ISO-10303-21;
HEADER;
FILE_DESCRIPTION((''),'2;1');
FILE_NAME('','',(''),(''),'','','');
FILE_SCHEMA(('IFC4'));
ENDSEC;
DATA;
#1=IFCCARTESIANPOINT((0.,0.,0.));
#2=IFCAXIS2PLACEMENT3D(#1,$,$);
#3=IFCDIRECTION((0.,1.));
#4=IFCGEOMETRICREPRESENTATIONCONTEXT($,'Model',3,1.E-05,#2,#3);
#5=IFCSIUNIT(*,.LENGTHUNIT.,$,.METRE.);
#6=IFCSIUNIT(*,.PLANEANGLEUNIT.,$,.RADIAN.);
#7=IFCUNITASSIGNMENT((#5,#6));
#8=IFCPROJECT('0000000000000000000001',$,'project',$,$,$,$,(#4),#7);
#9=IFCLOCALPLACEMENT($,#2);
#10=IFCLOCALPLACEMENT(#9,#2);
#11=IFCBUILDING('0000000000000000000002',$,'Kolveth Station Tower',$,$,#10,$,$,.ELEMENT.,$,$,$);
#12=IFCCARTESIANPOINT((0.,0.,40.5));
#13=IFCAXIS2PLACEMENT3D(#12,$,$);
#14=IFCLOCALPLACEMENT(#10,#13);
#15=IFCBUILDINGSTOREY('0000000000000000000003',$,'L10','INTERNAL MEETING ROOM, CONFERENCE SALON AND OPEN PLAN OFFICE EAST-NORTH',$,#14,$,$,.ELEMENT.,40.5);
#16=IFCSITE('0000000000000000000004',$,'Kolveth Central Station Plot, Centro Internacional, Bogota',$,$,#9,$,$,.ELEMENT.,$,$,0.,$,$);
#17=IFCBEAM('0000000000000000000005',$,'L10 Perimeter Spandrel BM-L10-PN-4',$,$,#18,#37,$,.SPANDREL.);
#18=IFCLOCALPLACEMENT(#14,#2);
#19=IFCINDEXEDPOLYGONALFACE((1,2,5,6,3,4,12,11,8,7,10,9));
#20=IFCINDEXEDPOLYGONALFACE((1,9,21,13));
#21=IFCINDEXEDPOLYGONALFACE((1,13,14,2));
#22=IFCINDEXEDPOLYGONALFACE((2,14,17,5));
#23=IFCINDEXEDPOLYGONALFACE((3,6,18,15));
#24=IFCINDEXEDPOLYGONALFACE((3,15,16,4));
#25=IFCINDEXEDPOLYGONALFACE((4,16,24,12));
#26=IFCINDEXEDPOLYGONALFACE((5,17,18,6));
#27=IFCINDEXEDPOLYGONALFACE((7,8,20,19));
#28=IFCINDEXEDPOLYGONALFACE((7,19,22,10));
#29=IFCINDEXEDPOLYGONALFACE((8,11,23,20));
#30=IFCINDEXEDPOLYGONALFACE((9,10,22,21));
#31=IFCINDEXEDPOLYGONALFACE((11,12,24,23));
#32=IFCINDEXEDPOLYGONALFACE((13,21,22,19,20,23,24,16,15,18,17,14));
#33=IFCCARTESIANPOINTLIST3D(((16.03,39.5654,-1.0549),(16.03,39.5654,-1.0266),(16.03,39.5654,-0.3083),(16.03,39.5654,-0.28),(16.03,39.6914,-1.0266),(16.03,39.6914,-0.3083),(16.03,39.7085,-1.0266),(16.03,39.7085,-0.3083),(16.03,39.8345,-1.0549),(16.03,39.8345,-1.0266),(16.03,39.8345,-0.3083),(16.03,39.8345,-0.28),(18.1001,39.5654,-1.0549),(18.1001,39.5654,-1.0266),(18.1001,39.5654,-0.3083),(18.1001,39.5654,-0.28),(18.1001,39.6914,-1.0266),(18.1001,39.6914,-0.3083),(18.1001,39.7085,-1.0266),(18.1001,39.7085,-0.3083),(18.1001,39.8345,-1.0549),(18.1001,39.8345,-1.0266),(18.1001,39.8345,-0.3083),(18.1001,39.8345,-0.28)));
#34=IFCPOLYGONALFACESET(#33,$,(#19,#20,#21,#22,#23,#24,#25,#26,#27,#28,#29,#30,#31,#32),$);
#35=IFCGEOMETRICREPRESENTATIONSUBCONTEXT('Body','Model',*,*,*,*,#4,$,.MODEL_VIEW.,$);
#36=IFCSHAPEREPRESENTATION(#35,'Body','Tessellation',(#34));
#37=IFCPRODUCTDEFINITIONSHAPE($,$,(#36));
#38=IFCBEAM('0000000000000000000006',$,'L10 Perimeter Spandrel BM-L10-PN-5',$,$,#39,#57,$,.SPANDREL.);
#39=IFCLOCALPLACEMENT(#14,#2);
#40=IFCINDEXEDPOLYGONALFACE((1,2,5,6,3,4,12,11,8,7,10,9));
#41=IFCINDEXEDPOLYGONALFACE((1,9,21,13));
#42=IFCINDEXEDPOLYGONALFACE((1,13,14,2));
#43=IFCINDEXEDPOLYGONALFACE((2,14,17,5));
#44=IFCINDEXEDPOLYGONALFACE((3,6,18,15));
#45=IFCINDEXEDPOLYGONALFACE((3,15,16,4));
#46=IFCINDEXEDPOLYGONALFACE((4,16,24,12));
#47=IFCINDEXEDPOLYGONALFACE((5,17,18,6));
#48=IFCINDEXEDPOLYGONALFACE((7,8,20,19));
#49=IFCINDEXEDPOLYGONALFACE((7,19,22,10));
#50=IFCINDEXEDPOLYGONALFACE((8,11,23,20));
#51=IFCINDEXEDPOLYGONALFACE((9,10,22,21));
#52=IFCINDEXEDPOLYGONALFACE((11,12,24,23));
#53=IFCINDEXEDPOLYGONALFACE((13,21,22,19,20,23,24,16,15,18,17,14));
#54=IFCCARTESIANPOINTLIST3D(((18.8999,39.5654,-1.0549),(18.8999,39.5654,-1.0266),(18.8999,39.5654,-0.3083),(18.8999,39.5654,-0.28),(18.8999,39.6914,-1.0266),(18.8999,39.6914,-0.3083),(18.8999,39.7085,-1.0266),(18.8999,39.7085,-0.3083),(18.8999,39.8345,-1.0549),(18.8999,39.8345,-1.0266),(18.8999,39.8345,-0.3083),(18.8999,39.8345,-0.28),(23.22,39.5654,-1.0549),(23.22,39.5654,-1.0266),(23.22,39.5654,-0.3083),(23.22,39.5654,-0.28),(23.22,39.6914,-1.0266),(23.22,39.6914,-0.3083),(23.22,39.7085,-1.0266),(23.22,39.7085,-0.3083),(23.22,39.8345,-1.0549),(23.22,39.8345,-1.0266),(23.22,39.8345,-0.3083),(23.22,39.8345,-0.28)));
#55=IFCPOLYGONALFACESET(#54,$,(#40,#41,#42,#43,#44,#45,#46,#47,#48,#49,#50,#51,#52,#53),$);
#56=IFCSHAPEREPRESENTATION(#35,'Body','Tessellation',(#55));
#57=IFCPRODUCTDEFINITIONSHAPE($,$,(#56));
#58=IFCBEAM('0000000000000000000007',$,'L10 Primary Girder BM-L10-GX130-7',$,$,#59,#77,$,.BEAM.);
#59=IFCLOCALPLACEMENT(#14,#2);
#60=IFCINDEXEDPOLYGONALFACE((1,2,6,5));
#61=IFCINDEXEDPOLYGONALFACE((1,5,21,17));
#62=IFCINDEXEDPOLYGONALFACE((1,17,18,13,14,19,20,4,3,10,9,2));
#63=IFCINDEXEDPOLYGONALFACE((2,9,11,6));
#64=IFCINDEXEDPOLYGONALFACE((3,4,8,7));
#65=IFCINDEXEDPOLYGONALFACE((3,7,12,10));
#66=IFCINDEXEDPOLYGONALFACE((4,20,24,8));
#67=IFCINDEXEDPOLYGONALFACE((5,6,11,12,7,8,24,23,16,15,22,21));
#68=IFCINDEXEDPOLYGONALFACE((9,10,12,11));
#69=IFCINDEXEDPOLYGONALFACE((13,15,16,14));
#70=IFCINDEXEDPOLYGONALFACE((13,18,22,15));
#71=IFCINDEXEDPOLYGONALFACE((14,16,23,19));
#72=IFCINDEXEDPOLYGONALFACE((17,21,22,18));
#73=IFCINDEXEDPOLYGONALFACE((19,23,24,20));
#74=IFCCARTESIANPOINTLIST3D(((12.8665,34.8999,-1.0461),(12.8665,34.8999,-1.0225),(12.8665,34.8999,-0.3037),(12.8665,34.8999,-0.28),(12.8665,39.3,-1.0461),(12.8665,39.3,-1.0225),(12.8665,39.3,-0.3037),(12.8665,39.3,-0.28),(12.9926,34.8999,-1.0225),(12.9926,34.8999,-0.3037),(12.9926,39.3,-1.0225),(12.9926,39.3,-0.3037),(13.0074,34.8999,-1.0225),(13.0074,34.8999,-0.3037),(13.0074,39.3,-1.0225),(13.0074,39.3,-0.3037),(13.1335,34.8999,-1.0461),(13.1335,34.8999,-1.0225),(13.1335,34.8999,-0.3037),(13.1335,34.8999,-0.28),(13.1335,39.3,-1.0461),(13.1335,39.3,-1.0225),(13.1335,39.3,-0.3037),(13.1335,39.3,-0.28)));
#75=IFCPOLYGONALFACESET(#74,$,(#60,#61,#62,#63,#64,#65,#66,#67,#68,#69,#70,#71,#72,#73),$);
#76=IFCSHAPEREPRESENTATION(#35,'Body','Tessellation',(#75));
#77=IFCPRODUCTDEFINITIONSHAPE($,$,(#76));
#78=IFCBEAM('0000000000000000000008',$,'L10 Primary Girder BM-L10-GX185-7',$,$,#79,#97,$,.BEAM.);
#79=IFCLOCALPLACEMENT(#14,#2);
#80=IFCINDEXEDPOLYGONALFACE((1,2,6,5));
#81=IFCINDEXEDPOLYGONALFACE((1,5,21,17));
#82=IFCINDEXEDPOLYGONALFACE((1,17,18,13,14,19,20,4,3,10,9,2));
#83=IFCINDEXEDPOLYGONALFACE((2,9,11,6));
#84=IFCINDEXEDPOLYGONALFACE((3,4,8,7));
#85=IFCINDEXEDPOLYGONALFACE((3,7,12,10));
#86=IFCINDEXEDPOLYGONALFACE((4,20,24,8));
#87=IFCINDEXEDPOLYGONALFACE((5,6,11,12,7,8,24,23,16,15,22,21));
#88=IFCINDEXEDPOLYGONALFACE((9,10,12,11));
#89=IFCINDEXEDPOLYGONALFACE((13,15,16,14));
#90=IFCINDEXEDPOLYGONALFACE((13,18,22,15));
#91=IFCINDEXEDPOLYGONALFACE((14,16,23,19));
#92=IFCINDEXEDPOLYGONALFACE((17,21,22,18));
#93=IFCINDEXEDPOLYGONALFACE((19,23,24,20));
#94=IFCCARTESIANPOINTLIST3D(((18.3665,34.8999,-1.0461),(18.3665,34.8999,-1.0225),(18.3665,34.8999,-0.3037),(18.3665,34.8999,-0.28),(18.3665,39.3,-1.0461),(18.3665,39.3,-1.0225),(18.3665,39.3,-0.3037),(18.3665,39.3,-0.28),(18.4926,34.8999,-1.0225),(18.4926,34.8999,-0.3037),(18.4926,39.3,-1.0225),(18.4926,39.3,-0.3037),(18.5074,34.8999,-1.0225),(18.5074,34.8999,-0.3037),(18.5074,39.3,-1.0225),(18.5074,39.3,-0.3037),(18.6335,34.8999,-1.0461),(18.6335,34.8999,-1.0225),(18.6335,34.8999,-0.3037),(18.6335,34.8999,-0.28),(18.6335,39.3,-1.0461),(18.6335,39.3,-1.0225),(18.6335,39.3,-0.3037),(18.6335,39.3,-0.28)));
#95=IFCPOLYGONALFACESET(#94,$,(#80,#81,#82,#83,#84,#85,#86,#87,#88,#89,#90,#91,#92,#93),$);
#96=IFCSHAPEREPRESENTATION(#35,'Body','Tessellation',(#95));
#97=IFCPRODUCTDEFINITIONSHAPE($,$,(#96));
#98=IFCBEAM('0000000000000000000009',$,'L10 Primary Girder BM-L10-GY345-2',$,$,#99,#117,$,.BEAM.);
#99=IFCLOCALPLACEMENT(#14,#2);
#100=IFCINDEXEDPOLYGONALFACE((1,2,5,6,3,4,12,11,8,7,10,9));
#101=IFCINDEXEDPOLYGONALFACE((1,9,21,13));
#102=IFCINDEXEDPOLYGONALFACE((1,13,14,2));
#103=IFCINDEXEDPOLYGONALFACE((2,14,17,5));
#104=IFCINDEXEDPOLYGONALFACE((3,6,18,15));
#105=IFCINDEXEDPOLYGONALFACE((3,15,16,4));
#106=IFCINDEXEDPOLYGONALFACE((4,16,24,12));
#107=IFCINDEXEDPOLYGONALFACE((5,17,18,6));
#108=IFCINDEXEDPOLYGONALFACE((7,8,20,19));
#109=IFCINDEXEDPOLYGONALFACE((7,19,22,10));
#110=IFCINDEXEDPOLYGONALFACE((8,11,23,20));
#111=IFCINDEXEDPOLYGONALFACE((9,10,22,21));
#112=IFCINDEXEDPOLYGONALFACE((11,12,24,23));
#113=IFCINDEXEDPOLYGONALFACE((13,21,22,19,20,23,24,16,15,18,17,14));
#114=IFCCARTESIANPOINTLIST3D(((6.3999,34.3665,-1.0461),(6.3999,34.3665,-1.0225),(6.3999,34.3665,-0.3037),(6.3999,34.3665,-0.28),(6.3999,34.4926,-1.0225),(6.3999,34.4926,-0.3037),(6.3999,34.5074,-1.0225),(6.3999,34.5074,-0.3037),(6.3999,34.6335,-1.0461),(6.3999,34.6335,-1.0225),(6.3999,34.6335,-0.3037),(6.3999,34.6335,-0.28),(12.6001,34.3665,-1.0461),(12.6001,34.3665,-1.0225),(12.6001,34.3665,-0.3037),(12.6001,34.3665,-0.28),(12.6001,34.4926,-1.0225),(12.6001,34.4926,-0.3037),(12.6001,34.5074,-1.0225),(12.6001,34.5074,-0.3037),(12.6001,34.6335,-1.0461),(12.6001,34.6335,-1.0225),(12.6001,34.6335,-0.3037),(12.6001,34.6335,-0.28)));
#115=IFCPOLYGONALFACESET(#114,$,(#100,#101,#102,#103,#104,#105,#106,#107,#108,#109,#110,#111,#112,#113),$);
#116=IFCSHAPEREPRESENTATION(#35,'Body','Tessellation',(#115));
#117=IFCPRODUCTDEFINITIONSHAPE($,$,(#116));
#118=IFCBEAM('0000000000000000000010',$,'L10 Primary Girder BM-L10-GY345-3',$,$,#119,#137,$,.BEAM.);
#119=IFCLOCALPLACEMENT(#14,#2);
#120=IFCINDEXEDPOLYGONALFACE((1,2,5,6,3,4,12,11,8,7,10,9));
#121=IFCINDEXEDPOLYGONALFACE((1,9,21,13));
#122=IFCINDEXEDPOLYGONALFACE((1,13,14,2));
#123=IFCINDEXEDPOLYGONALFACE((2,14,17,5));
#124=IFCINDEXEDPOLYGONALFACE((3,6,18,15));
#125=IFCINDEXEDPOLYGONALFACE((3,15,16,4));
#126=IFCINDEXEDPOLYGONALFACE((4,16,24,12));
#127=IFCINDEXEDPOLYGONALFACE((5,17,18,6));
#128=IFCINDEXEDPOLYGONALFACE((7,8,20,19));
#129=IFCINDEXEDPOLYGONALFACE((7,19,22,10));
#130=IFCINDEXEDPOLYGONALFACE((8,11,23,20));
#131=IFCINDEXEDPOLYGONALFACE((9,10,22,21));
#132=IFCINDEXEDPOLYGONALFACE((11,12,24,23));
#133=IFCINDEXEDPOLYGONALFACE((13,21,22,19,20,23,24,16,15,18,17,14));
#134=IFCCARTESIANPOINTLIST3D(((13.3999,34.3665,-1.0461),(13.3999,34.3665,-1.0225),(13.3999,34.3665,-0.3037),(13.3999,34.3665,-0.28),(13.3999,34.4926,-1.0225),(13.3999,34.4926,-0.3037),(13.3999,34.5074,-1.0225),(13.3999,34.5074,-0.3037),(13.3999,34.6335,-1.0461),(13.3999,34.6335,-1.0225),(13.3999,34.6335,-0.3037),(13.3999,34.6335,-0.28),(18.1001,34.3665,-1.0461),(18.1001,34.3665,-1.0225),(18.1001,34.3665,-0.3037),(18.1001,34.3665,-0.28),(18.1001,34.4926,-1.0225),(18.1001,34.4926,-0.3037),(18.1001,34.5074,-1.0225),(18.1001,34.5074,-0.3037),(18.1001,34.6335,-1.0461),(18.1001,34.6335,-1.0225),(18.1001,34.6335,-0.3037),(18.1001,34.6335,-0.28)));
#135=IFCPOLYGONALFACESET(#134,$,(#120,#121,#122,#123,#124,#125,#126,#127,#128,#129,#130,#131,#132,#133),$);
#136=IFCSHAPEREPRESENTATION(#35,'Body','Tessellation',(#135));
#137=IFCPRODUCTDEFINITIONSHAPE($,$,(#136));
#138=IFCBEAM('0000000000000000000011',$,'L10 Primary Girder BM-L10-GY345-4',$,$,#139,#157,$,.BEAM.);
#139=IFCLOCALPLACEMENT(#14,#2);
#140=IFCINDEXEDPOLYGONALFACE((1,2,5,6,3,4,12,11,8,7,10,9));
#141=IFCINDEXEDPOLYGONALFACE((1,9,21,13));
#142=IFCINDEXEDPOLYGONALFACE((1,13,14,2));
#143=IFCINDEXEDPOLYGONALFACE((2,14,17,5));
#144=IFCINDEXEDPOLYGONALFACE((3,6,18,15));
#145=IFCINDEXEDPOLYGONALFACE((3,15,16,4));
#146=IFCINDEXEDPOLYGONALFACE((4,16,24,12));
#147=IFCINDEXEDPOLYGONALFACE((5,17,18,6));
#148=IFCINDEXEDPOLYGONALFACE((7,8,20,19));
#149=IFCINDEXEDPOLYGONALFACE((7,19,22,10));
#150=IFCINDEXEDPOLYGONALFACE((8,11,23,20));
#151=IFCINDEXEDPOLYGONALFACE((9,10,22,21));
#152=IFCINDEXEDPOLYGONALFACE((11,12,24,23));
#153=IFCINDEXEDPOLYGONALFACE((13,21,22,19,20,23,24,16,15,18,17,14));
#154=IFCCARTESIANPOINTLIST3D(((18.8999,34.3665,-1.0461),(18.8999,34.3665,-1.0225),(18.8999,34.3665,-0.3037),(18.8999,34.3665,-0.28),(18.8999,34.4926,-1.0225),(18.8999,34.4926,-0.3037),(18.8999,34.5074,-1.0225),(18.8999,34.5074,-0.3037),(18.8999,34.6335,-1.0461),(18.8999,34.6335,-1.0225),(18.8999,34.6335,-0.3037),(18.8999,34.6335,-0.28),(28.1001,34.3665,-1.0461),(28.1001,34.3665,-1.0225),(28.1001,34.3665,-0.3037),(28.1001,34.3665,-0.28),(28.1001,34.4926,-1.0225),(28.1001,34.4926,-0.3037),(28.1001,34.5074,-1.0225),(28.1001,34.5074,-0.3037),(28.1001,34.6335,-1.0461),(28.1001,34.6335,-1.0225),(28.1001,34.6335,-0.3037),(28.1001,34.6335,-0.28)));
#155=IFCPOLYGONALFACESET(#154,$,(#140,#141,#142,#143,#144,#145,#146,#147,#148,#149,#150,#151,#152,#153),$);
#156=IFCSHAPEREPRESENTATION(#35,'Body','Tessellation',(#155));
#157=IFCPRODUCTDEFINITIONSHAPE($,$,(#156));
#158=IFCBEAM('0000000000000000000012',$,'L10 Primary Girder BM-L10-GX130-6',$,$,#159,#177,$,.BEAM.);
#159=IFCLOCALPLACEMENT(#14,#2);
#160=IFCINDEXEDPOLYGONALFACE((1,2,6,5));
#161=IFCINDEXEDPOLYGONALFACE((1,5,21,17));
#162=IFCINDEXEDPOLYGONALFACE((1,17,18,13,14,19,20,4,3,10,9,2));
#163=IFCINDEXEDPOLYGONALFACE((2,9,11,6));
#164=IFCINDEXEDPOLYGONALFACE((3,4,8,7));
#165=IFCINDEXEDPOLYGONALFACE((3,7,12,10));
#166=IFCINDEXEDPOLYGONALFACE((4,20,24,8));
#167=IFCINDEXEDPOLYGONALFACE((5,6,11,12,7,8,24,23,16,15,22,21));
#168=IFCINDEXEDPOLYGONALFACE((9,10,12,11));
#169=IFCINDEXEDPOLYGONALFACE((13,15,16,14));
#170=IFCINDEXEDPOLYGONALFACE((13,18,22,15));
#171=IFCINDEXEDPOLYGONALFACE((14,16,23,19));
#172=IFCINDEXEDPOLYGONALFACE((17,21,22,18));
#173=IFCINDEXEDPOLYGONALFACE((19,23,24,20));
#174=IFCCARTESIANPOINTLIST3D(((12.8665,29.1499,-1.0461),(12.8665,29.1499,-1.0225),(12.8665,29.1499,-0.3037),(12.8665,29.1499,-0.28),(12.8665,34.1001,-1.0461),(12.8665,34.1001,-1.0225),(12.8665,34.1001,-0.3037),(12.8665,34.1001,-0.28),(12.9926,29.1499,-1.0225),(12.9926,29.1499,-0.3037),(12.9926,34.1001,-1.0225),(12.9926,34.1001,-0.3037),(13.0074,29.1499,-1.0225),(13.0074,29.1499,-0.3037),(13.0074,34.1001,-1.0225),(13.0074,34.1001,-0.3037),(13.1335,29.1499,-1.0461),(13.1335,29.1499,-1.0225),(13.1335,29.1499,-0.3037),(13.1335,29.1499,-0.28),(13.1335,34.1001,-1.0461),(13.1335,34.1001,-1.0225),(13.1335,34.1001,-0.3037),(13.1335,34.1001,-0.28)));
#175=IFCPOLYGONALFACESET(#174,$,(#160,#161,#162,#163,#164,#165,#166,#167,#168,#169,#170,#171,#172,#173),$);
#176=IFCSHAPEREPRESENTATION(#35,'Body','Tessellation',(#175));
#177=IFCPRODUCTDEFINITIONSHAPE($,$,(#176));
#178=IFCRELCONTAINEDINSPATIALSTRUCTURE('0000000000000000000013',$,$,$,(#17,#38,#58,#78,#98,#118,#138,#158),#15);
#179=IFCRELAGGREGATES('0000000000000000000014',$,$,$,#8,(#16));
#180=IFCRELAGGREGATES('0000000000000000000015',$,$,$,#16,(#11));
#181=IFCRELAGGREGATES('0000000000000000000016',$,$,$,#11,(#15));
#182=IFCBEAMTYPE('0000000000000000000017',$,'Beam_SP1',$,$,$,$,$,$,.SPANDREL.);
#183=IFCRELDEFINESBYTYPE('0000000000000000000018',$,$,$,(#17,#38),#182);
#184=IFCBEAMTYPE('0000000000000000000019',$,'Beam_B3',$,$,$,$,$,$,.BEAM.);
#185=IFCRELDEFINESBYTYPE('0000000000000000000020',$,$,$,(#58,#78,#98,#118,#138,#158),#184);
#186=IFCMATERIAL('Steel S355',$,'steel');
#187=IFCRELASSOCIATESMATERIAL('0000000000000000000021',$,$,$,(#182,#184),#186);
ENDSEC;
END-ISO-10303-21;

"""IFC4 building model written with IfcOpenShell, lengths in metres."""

from ifc_helpers import new_model, si_unit, direction, frame, origin, origin_2d, place, context, subcontext, project, spatial, i_section, extrude, source, transform, mapped, material, material_profile, profile_set, type_object, element, save


model = new_model("IFC4")

# Units and contexts
model_context = context("Model", 3, precision=1e-05, world=origin(), true_north=direction((0.0, 1.0)))
body_context = subcontext(model_context, "Body", "Model", "MODEL_VIEW")
ifc_project = project(units=[si_unit("LENGTHUNIT", "METRE"), si_unit("PLANEANGLEUNIT", "RADIAN")], contexts=[model_context])

# Site, building, storey
site_placement = place(None, origin())
site = spatial("IfcSite", under=ifc_project, at=site_placement, Name="Kolveth Central Station Plot, Centro Internacional, Bogota", CompositionType="ELEMENT", RefElevation=0.0)
building_placement = place(site_placement, origin())
building = spatial("IfcBuilding", under=site, at=building_placement, Name="Kolveth Station Tower", CompositionType="ELEMENT")
storey_placement = place(building_placement, frame((0.0, 0.0, 40.5)))
storey = spatial("IfcBuildingStorey", under=building, at=storey_placement, Name="L10", Description="INTERNAL MEETING ROOM, CONFERENCE SALON AND OPEN PLAN OFFICE EAST-NORTH", CompositionType="ELEMENT", Elevation=40.5)

# Shared definitions
ifc_material_1 = material(Name="Steel S355", Category="steel")

# Beams
ifc_material_profile_1 = material_profile(ifc_material_1, i_section(OverallWidth=0.269, OverallDepth=0.7749, WebThickness=0.0171, FlangeThickness=0.0283, at=origin_2d()), Name="W760x220")
ifc_profile_set_1 = profile_set([ifc_material_profile_1], Name="Steel S355")
beam_type_1 = type_object("IfcBeamType", Name="Beam_SP1", PredefinedType="SPANDREL", material=ifc_profile_set_1)
shared_shape_1 = source(origin(), body_context, "Body", "SweptSolid", [
    extrude(i_section(OverallWidth=0.269, OverallDepth=0.7749, WebThickness=0.0171, FlangeThickness=0.0283, at=origin_2d()), origin(), (0.0, 0.0, 1.0), 2.0701),
])
for number, where, z_axis, x_axis, name in (
    (1, (16.03, 39.7, -0.6675), (1.0, 0.0, 0.0), (0.0, 1.0, 0.0), "L10 Perimeter Spandrel BM-L10-PN-4"),
):
    element("IfcBeam", number, at=place(storey_placement, frame(where, z_axis=z_axis, x_axis=x_axis)), inside=storey, type_object=beam_type_1, Name=name, PredefinedType="SPANDREL", context=body_context, shape_type="MappedRepresentation", body=[
        mapped(shared_shape_1, transform((0.0, 0.0, 0.0), x_axis=(1.0, 0.0, 0.0), y_axis=(0.0, 1.0, 0.0), z_axis=(0.0, 0.0, 1.0), scale=1.0)),
    ])
shared_shape_2 = source(origin(), body_context, "Body", "SweptSolid", [
    extrude(i_section(OverallWidth=0.269, OverallDepth=0.7749, WebThickness=0.0171, FlangeThickness=0.0283, at=origin_2d()), origin(), (0.0, 0.0, 1.0), 4.3201),
])
beam_1_placement = place(storey_placement, frame((18.8999, 39.7, -0.6675), z_axis=(1.0, 0.0, 0.0), x_axis=(0.0, 1.0, 0.0)))
element("IfcBeam", 2, at=beam_1_placement, inside=storey, type_object=beam_type_1, Name="L10 Perimeter Spandrel BM-L10-PN-5", PredefinedType="SPANDREL", context=body_context, shape_type="MappedRepresentation", body=[
    mapped(shared_shape_2, transform((0.0, 0.0, 0.0), x_axis=(1.0, 0.0, 0.0), y_axis=(0.0, 1.0, 0.0), z_axis=(0.0, 0.0, 1.0), scale=1.0)),
])
ifc_material_profile_2 = material_profile(ifc_material_1, i_section(OverallWidth=0.2671, OverallDepth=0.7661, WebThickness=0.0149, FlangeThickness=0.0237, at=origin_2d()), Name="W760x185")
ifc_profile_set_2 = profile_set([ifc_material_profile_2], Name="Steel S355")
beam_type_2 = type_object("IfcBeamType", Name="Beam_B3", PredefinedType="BEAM", material=ifc_profile_set_2)
shared_shape_3 = source(origin(), body_context, "Body", "SweptSolid", [
    extrude(i_section(OverallWidth=0.2671, OverallDepth=0.7661, WebThickness=0.0149, FlangeThickness=0.0237, at=origin_2d()), origin(), (0.0, 0.0, 1.0), 4.4001),
])
for number, where, z_axis, x_axis, name in (
    (3, (13.0, 34.8999, -0.6631), (0.0, 1.0, 0.0), (-1.0, 0.0, 0.0), "L10 Primary Girder BM-L10-GX130-7"),
    (4, (18.5, 34.8999, -0.6631), (0.0, 1.0, 0.0), (-1.0, 0.0, 0.0), "L10 Primary Girder BM-L10-GX185-7"),
):
    element("IfcBeam", number, at=place(storey_placement, frame(where, z_axis=z_axis, x_axis=x_axis)), inside=storey, type_object=beam_type_2, Name=name, PredefinedType="BEAM", context=body_context, shape_type="MappedRepresentation", body=[
        mapped(shared_shape_3, transform((0.0, 0.0, 0.0), x_axis=(1.0, 0.0, 0.0), y_axis=(0.0, 1.0, 0.0), z_axis=(0.0, 0.0, 1.0), scale=1.0)),
    ])
shared_shape_4 = source(origin(), body_context, "Body", "SweptSolid", [
    extrude(i_section(OverallWidth=0.2671, OverallDepth=0.7661, WebThickness=0.0149, FlangeThickness=0.0237, at=origin_2d()), origin(), (0.0, 0.0, 1.0), 6.2002),
])
beam_2_placement = place(storey_placement, frame((6.3999, 34.5, -0.6631), z_axis=(1.0, 0.0, 0.0), x_axis=(0.0, 1.0, 0.0)))
element("IfcBeam", 5, at=beam_2_placement, inside=storey, type_object=beam_type_2, Name="L10 Primary Girder BM-L10-GY345-2", PredefinedType="BEAM", context=body_context, shape_type="MappedRepresentation", body=[
    mapped(shared_shape_4, transform((0.0, 0.0, 0.0), x_axis=(1.0, 0.0, 0.0), y_axis=(0.0, 1.0, 0.0), z_axis=(0.0, 0.0, 1.0), scale=1.0)),
])
shared_shape_5 = source(origin(), body_context, "Body", "SweptSolid", [
    extrude(i_section(OverallWidth=0.2671, OverallDepth=0.7661, WebThickness=0.0149, FlangeThickness=0.0237, at=origin_2d()), origin(), (0.0, 0.0, 1.0), 4.7002),
])
beam_3_placement = place(storey_placement, frame((13.3999, 34.5, -0.6631), z_axis=(1.0, 0.0, 0.0), x_axis=(0.0, 1.0, 0.0)))
element("IfcBeam", 6, at=beam_3_placement, inside=storey, type_object=beam_type_2, Name="L10 Primary Girder BM-L10-GY345-3", PredefinedType="BEAM", context=body_context, shape_type="MappedRepresentation", body=[
    mapped(shared_shape_5, transform((0.0, 0.0, 0.0), x_axis=(1.0, 0.0, 0.0), y_axis=(0.0, 1.0, 0.0), z_axis=(0.0, 0.0, 1.0), scale=1.0)),
])
shared_shape_6 = source(origin(), body_context, "Body", "SweptSolid", [
    extrude(i_section(OverallWidth=0.2671, OverallDepth=0.7661, WebThickness=0.0149, FlangeThickness=0.0237, at=origin_2d()), origin(), (0.0, 0.0, 1.0), 9.2002),
])
beam_4_placement = place(storey_placement, frame((18.8999, 34.5, -0.6631), z_axis=(1.0, 0.0, 0.0), x_axis=(0.0, 1.0, 0.0)))
element("IfcBeam", 7, at=beam_4_placement, inside=storey, type_object=beam_type_2, Name="L10 Primary Girder BM-L10-GY345-4", PredefinedType="BEAM", context=body_context, shape_type="MappedRepresentation", body=[
    mapped(shared_shape_6, transform((0.0, 0.0, 0.0), x_axis=(1.0, 0.0, 0.0), y_axis=(0.0, 1.0, 0.0), z_axis=(0.0, 0.0, 1.0), scale=1.0)),
])
shared_shape_7 = source(origin(), body_context, "Body", "SweptSolid", [
    extrude(i_section(OverallWidth=0.2671, OverallDepth=0.7661, WebThickness=0.0149, FlangeThickness=0.0237, at=origin_2d()), origin(), (0.0, 0.0, 1.0), 4.9502),
])
beam_5_placement = place(storey_placement, frame((13.0, 29.1499, -0.6631), z_axis=(0.0, 1.0, 0.0), x_axis=(-1.0, 0.0, 0.0)))
element("IfcBeam", 8, at=beam_5_placement, inside=storey, type_object=beam_type_2, Name="L10 Primary Girder BM-L10-GX130-6", PredefinedType="BEAM", context=body_context, shape_type="MappedRepresentation", body=[
    mapped(shared_shape_7, transform((0.0, 0.0, 0.0), x_axis=(1.0, 0.0, 0.0), y_axis=(0.0, 1.0, 0.0), z_axis=(0.0, 0.0, 1.0), scale=1.0)),
])

save(model, "model.ifc")
